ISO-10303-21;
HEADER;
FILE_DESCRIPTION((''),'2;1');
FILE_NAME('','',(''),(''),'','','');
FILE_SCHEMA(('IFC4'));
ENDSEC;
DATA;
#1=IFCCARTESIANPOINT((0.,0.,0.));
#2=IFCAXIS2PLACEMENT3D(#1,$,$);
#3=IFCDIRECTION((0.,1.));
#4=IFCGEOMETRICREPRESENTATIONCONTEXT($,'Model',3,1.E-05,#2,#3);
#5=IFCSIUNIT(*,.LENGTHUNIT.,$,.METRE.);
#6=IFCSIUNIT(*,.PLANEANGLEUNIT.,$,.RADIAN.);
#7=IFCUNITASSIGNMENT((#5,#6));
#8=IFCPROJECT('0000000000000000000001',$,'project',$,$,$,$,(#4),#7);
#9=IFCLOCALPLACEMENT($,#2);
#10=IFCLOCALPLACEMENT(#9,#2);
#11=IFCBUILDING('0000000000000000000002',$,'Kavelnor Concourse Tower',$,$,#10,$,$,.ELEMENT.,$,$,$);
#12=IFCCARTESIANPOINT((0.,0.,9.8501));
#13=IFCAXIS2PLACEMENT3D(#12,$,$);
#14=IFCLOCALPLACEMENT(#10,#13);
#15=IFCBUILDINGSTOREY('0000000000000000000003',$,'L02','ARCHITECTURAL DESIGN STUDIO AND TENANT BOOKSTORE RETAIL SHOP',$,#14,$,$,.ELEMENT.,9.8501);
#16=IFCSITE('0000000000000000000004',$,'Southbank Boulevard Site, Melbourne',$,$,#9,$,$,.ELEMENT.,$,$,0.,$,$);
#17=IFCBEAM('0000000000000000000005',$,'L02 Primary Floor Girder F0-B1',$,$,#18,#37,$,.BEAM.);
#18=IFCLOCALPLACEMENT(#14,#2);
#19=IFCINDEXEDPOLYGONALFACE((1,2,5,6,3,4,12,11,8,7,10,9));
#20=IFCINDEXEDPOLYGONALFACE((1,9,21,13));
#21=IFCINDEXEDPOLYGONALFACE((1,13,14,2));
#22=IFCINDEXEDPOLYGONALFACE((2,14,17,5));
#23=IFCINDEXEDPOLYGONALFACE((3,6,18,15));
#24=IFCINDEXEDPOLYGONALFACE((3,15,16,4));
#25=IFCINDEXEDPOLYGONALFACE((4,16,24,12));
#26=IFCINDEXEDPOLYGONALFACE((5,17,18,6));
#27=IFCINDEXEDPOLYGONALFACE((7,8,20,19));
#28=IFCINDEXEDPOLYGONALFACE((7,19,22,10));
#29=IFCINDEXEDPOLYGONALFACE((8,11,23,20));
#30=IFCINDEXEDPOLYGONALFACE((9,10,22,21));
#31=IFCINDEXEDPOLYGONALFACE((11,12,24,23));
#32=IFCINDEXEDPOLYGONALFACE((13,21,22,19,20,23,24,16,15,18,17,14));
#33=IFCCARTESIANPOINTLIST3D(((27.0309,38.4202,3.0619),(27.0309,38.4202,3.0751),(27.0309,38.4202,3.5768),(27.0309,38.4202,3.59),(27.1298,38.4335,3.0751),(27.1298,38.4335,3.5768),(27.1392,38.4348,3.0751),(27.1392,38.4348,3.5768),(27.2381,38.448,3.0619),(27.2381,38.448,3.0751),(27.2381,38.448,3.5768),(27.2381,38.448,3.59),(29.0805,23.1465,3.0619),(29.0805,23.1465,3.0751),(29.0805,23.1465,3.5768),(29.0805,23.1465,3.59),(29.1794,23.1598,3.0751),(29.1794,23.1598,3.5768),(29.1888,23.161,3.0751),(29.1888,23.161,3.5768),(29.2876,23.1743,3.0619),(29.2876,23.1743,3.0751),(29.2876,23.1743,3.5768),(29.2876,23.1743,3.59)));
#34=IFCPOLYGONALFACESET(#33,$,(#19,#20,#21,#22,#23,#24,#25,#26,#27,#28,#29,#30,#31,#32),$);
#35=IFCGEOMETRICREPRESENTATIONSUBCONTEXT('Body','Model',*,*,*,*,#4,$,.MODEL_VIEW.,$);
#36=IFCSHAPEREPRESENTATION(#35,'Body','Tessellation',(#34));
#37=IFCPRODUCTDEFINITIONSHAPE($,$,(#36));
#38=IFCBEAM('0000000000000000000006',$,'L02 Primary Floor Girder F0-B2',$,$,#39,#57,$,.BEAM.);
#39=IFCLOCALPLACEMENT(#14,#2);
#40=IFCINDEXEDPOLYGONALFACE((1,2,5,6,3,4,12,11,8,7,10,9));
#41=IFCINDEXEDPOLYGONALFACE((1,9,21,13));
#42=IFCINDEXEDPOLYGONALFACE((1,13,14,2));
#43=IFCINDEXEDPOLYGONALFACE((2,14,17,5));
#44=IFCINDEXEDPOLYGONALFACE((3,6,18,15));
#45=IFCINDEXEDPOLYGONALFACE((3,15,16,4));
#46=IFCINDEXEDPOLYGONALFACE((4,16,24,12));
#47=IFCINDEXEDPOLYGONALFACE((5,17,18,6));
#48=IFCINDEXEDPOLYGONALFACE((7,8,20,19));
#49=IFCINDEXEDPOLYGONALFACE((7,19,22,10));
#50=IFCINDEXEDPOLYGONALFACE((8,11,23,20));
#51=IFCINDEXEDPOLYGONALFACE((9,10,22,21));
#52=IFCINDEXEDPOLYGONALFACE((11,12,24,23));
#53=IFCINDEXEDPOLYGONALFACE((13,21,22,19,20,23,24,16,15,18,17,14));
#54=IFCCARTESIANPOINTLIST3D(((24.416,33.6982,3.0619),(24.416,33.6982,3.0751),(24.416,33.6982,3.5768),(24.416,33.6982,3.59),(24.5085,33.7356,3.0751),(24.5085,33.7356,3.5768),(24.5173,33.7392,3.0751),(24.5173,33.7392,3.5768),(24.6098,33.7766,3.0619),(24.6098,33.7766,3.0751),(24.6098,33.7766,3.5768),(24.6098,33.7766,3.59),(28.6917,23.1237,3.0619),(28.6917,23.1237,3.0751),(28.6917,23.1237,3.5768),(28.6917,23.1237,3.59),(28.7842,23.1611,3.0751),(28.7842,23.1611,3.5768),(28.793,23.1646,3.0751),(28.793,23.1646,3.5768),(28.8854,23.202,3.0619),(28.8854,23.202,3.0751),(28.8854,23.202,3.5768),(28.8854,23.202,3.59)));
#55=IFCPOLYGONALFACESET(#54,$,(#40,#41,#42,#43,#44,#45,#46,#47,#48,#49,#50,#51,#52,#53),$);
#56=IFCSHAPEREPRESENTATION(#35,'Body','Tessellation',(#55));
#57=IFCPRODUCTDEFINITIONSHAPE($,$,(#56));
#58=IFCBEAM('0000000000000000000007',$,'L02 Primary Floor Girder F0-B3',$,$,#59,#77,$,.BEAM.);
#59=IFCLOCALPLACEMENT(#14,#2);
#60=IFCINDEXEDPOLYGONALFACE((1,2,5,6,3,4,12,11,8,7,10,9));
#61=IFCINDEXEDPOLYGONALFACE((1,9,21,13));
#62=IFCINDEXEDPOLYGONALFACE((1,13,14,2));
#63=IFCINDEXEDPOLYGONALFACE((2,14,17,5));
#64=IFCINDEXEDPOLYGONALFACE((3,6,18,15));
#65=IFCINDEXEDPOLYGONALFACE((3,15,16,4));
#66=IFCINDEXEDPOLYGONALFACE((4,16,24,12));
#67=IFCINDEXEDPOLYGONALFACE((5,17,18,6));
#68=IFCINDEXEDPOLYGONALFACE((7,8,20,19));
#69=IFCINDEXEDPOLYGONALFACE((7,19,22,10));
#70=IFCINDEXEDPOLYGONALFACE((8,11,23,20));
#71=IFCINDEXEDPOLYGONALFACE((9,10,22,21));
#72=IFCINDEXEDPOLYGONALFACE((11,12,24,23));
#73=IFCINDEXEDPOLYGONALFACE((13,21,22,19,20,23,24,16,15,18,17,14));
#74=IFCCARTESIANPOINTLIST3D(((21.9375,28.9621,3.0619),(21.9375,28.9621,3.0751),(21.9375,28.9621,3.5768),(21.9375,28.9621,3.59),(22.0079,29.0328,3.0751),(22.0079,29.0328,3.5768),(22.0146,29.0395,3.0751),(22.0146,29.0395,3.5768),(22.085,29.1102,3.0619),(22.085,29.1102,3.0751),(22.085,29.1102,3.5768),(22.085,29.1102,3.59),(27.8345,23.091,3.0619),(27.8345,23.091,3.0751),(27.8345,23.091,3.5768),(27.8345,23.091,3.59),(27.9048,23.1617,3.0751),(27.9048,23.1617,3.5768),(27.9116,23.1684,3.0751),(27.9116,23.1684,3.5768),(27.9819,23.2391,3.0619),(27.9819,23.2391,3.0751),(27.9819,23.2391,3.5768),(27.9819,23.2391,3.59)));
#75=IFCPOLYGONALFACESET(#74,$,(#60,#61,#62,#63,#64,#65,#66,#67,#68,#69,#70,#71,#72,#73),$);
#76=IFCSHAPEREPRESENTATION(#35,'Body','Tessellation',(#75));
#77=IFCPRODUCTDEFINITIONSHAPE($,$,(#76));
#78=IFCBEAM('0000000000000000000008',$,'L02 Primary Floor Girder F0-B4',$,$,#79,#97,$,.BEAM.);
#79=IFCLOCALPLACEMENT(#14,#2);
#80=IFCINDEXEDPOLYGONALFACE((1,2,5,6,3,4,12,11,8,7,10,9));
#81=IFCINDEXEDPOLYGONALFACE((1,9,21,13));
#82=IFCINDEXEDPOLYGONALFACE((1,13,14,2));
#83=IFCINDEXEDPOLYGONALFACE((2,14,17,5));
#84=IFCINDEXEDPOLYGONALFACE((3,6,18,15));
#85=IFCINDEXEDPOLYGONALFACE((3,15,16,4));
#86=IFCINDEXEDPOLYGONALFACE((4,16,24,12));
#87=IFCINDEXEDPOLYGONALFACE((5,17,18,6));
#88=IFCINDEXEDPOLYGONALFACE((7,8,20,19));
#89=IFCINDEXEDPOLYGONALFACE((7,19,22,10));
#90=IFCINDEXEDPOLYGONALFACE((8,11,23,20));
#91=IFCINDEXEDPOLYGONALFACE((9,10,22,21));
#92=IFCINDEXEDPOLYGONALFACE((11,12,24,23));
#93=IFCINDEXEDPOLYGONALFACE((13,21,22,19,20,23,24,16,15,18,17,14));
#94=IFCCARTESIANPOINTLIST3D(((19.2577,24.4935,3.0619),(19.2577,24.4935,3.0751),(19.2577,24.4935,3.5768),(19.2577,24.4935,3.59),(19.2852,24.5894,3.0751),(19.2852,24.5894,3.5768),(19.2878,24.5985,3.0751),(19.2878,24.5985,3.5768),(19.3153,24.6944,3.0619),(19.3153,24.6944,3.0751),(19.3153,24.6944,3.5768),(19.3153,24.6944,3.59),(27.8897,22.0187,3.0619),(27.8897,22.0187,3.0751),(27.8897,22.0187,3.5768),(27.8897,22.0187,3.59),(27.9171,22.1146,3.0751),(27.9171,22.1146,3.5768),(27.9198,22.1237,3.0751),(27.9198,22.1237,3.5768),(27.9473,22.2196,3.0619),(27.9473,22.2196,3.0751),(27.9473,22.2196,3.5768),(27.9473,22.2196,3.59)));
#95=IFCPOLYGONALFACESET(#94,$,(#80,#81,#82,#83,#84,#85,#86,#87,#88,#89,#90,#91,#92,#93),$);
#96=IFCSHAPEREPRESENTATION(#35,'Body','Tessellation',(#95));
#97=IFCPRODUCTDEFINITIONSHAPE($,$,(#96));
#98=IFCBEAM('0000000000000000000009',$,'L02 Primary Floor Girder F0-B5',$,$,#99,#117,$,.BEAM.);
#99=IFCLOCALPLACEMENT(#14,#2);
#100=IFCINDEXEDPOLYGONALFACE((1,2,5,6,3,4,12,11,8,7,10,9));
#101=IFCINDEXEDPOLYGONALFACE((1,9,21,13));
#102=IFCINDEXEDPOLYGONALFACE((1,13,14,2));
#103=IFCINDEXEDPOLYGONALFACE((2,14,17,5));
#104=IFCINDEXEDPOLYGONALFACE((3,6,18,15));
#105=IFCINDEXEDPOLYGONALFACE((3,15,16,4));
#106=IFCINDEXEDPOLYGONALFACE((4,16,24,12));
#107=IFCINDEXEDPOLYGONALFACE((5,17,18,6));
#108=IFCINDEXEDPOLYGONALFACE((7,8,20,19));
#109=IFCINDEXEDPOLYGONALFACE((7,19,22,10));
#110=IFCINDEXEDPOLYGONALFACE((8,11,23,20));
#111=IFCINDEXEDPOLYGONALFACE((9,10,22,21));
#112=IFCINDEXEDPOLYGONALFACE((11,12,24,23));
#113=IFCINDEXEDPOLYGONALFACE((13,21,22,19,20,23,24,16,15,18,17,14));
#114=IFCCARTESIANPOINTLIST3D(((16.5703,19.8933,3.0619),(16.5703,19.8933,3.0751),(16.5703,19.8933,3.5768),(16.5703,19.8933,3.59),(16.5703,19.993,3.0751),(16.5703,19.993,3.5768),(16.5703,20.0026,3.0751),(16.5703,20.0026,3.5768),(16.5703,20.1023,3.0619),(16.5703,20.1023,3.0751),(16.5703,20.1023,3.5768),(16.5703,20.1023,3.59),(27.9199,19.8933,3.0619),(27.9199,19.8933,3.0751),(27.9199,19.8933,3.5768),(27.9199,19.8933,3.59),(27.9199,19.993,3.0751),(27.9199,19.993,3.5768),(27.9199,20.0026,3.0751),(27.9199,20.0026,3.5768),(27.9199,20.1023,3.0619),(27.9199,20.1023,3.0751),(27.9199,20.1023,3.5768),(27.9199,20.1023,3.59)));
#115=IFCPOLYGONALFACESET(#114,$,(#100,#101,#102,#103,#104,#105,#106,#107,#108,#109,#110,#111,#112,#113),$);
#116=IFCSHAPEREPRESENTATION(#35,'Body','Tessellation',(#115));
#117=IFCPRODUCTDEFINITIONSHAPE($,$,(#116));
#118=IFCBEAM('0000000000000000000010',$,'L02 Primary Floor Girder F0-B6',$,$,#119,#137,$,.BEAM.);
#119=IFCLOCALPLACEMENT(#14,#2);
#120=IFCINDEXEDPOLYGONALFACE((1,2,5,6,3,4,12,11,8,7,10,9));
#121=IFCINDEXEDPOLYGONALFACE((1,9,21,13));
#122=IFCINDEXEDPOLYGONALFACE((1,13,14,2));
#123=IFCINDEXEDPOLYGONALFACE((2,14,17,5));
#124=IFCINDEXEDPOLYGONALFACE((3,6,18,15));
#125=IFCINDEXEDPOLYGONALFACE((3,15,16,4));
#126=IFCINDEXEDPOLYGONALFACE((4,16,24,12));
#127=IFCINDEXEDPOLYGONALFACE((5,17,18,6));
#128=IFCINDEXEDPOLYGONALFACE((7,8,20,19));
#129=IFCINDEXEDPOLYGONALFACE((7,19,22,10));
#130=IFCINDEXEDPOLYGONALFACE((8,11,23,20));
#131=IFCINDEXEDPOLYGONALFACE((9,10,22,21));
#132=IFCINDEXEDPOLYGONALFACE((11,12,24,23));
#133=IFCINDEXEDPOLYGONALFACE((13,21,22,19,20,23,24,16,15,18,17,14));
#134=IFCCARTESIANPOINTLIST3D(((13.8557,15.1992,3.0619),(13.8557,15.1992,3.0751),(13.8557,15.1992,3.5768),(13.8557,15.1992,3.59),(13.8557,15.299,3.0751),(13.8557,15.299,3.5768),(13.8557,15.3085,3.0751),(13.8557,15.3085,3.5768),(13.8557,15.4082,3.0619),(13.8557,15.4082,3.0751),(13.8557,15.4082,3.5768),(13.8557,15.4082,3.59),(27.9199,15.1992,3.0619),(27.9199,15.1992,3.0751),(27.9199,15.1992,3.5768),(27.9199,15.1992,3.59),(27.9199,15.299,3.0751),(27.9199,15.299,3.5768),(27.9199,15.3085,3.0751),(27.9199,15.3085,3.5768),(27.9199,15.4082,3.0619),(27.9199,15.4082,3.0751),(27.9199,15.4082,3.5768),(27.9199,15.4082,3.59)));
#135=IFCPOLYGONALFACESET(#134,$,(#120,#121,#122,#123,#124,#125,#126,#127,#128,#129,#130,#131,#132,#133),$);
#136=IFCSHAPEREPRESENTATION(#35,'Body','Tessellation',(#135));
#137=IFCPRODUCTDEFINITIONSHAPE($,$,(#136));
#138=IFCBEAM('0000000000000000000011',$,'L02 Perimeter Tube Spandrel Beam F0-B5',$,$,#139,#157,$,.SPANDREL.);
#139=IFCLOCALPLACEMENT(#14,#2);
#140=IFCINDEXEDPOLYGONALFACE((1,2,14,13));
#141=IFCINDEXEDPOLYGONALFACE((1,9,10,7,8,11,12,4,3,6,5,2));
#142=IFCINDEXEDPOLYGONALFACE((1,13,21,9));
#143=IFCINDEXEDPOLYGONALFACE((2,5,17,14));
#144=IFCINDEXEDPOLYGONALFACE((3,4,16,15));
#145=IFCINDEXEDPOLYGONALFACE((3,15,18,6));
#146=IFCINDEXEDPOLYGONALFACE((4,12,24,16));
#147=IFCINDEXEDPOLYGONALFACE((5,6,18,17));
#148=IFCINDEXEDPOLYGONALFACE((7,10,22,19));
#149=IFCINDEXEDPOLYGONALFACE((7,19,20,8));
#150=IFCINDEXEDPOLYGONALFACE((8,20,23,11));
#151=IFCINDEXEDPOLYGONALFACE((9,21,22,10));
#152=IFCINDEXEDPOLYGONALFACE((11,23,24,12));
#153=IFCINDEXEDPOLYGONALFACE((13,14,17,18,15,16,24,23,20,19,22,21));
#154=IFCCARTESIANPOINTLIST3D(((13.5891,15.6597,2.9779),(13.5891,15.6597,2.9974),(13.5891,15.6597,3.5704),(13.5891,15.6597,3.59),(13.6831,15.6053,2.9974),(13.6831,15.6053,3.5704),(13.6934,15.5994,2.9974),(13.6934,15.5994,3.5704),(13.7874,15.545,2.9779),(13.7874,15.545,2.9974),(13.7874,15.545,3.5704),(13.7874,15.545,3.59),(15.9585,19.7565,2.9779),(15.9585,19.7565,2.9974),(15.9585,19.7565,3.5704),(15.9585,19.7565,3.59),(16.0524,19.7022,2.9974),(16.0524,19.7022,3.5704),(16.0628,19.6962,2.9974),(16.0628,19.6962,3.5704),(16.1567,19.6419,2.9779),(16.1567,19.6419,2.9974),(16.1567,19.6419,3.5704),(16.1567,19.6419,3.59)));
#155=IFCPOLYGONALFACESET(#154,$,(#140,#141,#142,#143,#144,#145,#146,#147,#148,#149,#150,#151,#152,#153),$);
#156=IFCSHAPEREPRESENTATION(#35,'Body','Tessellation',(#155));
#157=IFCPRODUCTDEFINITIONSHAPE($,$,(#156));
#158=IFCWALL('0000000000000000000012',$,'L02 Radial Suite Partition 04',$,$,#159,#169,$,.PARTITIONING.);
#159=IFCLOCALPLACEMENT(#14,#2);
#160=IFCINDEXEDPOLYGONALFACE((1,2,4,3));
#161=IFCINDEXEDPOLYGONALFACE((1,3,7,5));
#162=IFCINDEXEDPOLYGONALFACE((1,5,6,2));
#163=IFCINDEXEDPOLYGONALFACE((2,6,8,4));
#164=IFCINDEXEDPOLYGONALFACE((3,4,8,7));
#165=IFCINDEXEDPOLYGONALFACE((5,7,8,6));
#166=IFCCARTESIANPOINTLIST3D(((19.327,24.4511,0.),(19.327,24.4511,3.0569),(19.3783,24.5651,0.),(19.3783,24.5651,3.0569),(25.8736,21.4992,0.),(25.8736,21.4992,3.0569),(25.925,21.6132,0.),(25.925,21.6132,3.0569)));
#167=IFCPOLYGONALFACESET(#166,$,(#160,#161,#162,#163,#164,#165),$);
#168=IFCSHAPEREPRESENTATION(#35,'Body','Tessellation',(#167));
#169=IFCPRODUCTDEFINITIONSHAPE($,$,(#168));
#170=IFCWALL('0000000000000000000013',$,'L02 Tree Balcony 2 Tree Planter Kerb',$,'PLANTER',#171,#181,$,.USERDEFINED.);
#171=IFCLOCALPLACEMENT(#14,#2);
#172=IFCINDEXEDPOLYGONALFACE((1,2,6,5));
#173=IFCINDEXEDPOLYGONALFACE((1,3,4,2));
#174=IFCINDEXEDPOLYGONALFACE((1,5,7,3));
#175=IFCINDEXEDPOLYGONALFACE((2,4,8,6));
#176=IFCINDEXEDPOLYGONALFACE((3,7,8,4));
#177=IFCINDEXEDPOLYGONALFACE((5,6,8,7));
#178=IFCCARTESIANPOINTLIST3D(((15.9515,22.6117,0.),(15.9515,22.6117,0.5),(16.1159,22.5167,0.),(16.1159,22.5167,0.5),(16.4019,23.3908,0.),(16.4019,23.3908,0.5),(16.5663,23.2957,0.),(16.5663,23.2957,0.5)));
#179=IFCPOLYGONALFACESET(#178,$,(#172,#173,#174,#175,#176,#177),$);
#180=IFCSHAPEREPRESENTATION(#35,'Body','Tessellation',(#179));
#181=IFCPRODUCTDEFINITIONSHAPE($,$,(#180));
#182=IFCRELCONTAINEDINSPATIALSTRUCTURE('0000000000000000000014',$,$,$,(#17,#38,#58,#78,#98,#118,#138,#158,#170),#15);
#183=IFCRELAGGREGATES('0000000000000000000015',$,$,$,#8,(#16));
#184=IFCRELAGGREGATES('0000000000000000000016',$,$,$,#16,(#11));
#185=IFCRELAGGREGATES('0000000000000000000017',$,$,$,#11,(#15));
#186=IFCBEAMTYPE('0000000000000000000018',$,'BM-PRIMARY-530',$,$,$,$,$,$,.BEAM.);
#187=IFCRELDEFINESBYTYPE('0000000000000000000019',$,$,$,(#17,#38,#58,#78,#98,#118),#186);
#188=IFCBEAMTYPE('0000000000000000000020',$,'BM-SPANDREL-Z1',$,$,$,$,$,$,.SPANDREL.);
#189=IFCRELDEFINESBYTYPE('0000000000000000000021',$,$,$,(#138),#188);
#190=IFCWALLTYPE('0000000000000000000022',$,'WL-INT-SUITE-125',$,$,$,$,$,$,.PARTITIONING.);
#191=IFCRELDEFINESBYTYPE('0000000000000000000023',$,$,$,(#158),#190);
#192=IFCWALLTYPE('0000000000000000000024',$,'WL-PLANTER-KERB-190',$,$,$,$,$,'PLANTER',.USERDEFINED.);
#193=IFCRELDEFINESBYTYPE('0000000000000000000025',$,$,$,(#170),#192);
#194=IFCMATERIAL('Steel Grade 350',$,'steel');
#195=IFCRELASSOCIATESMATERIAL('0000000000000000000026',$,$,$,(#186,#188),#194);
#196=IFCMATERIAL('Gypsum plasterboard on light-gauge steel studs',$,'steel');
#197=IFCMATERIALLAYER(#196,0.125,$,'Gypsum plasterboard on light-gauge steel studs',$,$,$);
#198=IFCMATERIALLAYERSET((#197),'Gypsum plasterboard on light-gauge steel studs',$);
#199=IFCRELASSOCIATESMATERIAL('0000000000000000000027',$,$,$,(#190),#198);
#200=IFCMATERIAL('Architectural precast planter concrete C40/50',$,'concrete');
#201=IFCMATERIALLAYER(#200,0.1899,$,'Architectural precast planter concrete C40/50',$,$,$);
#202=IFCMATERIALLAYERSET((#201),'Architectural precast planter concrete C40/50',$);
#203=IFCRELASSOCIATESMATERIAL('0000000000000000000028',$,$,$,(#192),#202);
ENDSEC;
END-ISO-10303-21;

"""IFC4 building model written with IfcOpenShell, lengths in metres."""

from ifc_helpers import new_model, si_unit, direction, frame, frame_2d, origin, origin_2d, place, context, subcontext, project, spatial, rectangle, i_section, extrude, material, layer, layer_set, material_profile, profile_set, type_object, element, save


model = new_model("IFC4")

# Units and contexts
model_context = context("Model", 3, precision=1e-05, world=origin(), true_north=direction((0.0, 1.0)))
body_context = subcontext(model_context, "Body", "Model", "MODEL_VIEW")
ifc_project = project(units=[si_unit("LENGTHUNIT", "METRE"), si_unit("PLANEANGLEUNIT", "RADIAN")], contexts=[model_context])

# Site, building, storey
site_placement = place(None, origin())
site = spatial("IfcSite", under=ifc_project, at=site_placement, Name="Southbank Boulevard Site, Melbourne", CompositionType="ELEMENT", RefElevation=0.0)
building_placement = place(site_placement, origin())
building = spatial("IfcBuilding", under=site, at=building_placement, Name="Kavelnor Concourse Tower", CompositionType="ELEMENT")
storey_placement = place(building_placement, frame((0.0, 0.0, 9.8501)))
storey = spatial("IfcBuildingStorey", under=building, at=storey_placement, Name="L02", Description="ARCHITECTURAL DESIGN STUDIO AND TENANT BOOKSTORE RETAIL SHOP", CompositionType="ELEMENT", Elevation=9.8501)

# Shared definitions
ifc_material_1 = material(Name="Steel Grade 350", Category="steel")

# Beams
ifc_material_profile_1 = material_profile(ifc_material_1, i_section(OverallWidth=0.209, OverallDepth=0.5281, WebThickness=0.0095, FlangeThickness=0.0132, at=origin_2d()), Name="530UB82")
ifc_profile_set_1 = profile_set([ifc_material_profile_1], Name="Steel Grade 350")
beam_type_1 = type_object("IfcBeamType", Name="BM-PRIMARY-530", PredefinedType="BEAM", material=ifc_profile_set_1)
beam_1_placement = place(storey_placement, frame((29.1841, 23.1604, 3.3259), z_axis=(-0.132997, 0.991116, 0.0), x_axis=(-0.991116, -0.132997, 0.0)))
element("IfcBeam", 1, at=beam_1_placement, inside=storey, type_object=beam_type_1, Name="L02 Primary Floor Girder F0-B1", PredefinedType="BEAM", context=body_context, shape_type="SweptSolid", body=[
    extrude(i_section(OverallWidth=0.209, OverallDepth=0.5281, WebThickness=0.0095, FlangeThickness=0.0132, at=origin_2d()), origin(), (0.0, 0.0, 1.0), 15.4106),
])
beam_2_placement = place(storey_placement, frame((28.7886, 23.1628, 3.3259), z_axis=(-0.374853, 0.927084, 0.0), x_axis=(-0.927084, -0.374853, 0.0)))
element("IfcBeam", 2, at=beam_2_placement, inside=storey, type_object=beam_type_1, Name="L02 Primary Floor Girder F0-B2", PredefinedType="BEAM", context=body_context, shape_type="SweptSolid", body=[
    extrude(i_section(OverallWidth=0.209, OverallDepth=0.5281, WebThickness=0.0095, FlangeThickness=0.0132, at=origin_2d()), origin(), (0.0, 0.0, 1.0), 11.4062),
])
beam_3_placement = place(storey_placement, frame((27.9082, 23.165, 3.3259), z_axis=(-0.70866, 0.70555, 0.0), x_axis=(-0.70555, -0.70866, 0.0)))
element("IfcBeam", 3, at=beam_3_placement, inside=storey, type_object=beam_type_1, Name="L02 Primary Floor Girder F0-B3", PredefinedType="BEAM", context=body_context, shape_type="SweptSolid", body=[
    extrude(i_section(OverallWidth=0.209, OverallDepth=0.5281, WebThickness=0.0095, FlangeThickness=0.0132, at=origin_2d()), origin(), (0.0, 0.0, 1.0), 8.3213),
])
beam_4_placement = place(storey_placement, frame((27.9185, 22.1191, 3.3259), z_axis=(-0.961272, 0.275601, 0.0), x_axis=(-0.275601, -0.961272, 0.0)))
element("IfcBeam", 4, at=beam_4_placement, inside=storey, type_object=beam_type_1, Name="L02 Primary Floor Girder F0-B4", PredefinedType="BEAM", context=body_context, shape_type="SweptSolid", body=[
    extrude(i_section(OverallWidth=0.209, OverallDepth=0.5281, WebThickness=0.0095, FlangeThickness=0.0132, at=origin_2d()), origin(), (0.0, 0.0, 1.0), 8.9797),
])
beam_5_placement = place(storey_placement, frame((27.9199, 19.9978, 3.3259), z_axis=(-1.0, 0.0, 0.0), x_axis=(0.0, -1.0, 0.0)))
element("IfcBeam", 5, at=beam_5_placement, inside=storey, type_object=beam_type_1, Name="L02 Primary Floor Girder F0-B5", PredefinedType="BEAM", context=body_context, shape_type="SweptSolid", body=[
    extrude(i_section(OverallWidth=0.209, OverallDepth=0.5281, WebThickness=0.0095, FlangeThickness=0.0132, at=origin_2d()), origin(), (0.0, 0.0, 1.0), 11.3496),
])
beam_6_placement = place(storey_placement, frame((27.9199, 15.3037, 3.3259), z_axis=(-1.0, 0.0, 0.0), x_axis=(0.0, -1.0, 0.0)))
element("IfcBeam", 6, at=beam_6_placement, inside=storey, type_object=beam_type_1, Name="L02 Primary Floor Girder F0-B6", PredefinedType="BEAM", context=body_context, shape_type="SweptSolid", body=[
    extrude(i_section(OverallWidth=0.209, OverallDepth=0.5281, WebThickness=0.0095, FlangeThickness=0.0132, at=origin_2d()), origin(), (0.0, 0.0, 1.0), 14.0642),
])
ifc_material_profile_2 = material_profile(ifc_material_1, i_section(OverallWidth=0.229, OverallDepth=0.6121, WebThickness=0.012, FlangeThickness=0.0195, at=origin_2d()), Name="610UB125")
ifc_profile_set_2 = profile_set([ifc_material_profile_2], Name="Steel Grade 350")
beam_type_2 = type_object("IfcBeamType", Name="BM-SPANDREL-Z1", PredefinedType="SPANDREL", material=ifc_profile_set_2)
beam_7_placement = place(storey_placement, frame((16.0576, 19.6992, 3.2839), z_axis=(-0.500638, -0.865657, 0.0), x_axis=(0.865657, -0.500638, 0.0)))
element("IfcBeam", 7, at=beam_7_placement, inside=storey, type_object=beam_type_2, Name="L02 Perimeter Tube Spandrel Beam F0-B5", PredefinedType="SPANDREL", context=body_context, shape_type="SweptSolid", body=[
    extrude(i_section(OverallWidth=0.229, OverallDepth=0.6121, WebThickness=0.012, FlangeThickness=0.0195, at=origin_2d()), origin(), (0.0, 0.0, 1.0), 4.7327),
])

# Walls
ifc_material_2 = material(Name="Gypsum plasterboard on light-gauge steel studs", Category="steel")
ifc_layer_1 = layer(ifc_material_2, 0.125, Name="Gypsum plasterboard on light-gauge steel studs")
ifc_layer_set_1 = layer_set([ifc_layer_1], Name="Gypsum plasterboard on light-gauge steel studs")
wall_type_1 = type_object("IfcWallType", Name="WL-INT-SUITE-125", PredefinedType="PARTITIONING", material=ifc_layer_set_1)
wall_1_placement = place(storey_placement, frame((25.8994, 21.5562, 0.0), z_axis=(0.0, 0.0, 1.0), x_axis=(-0.911613, 0.41105, 0.0)))
element("IfcWall", 8, at=wall_1_placement, inside=storey, type_object=wall_type_1, Name="L02 Radial Suite Partition 04", PredefinedType="PARTITIONING", context=body_context, shape_type="SweptSolid", body=[
    extrude(rectangle(XDim=7.1814, YDim=0.125, at=frame_2d((3.5908, 0.0))), origin(), (0.0, 0.0, 1.0), 3.0569),
])
ifc_material_3 = material(Name="Architectural precast planter concrete C40/50", Category="concrete")
ifc_layer_2 = layer(ifc_material_3, 0.1899, Name="Architectural precast planter concrete C40/50")
ifc_layer_set_2 = layer_set([ifc_layer_2], Name="Architectural precast planter concrete C40/50")
wall_type_2 = type_object("IfcWallType", Name="WL-PLANTER-KERB-190", ElementType="PLANTER", PredefinedType="USERDEFINED", material=ifc_layer_set_2)
wall_2_placement = place(storey_placement, frame((16.4841, 23.3433, 0.0), z_axis=(0.0, 0.0, 1.0), x_axis=(-0.500544, -0.865711, 0.0)))
element("IfcWall", 9, at=wall_2_placement, inside=storey, type_object=wall_type_2, Name="L02 Tree Balcony 2 Tree Planter Kerb", ObjectType="PLANTER", PredefinedType="USERDEFINED", context=body_context, shape_type="SweptSolid", body=[
    extrude(rectangle(XDim=0.8999, YDim=0.1899, at=frame_2d((0.45, 0.0))), origin(), (0.0, 0.0, 1.0), 0.5),
])

save(model, "model.ifc")
